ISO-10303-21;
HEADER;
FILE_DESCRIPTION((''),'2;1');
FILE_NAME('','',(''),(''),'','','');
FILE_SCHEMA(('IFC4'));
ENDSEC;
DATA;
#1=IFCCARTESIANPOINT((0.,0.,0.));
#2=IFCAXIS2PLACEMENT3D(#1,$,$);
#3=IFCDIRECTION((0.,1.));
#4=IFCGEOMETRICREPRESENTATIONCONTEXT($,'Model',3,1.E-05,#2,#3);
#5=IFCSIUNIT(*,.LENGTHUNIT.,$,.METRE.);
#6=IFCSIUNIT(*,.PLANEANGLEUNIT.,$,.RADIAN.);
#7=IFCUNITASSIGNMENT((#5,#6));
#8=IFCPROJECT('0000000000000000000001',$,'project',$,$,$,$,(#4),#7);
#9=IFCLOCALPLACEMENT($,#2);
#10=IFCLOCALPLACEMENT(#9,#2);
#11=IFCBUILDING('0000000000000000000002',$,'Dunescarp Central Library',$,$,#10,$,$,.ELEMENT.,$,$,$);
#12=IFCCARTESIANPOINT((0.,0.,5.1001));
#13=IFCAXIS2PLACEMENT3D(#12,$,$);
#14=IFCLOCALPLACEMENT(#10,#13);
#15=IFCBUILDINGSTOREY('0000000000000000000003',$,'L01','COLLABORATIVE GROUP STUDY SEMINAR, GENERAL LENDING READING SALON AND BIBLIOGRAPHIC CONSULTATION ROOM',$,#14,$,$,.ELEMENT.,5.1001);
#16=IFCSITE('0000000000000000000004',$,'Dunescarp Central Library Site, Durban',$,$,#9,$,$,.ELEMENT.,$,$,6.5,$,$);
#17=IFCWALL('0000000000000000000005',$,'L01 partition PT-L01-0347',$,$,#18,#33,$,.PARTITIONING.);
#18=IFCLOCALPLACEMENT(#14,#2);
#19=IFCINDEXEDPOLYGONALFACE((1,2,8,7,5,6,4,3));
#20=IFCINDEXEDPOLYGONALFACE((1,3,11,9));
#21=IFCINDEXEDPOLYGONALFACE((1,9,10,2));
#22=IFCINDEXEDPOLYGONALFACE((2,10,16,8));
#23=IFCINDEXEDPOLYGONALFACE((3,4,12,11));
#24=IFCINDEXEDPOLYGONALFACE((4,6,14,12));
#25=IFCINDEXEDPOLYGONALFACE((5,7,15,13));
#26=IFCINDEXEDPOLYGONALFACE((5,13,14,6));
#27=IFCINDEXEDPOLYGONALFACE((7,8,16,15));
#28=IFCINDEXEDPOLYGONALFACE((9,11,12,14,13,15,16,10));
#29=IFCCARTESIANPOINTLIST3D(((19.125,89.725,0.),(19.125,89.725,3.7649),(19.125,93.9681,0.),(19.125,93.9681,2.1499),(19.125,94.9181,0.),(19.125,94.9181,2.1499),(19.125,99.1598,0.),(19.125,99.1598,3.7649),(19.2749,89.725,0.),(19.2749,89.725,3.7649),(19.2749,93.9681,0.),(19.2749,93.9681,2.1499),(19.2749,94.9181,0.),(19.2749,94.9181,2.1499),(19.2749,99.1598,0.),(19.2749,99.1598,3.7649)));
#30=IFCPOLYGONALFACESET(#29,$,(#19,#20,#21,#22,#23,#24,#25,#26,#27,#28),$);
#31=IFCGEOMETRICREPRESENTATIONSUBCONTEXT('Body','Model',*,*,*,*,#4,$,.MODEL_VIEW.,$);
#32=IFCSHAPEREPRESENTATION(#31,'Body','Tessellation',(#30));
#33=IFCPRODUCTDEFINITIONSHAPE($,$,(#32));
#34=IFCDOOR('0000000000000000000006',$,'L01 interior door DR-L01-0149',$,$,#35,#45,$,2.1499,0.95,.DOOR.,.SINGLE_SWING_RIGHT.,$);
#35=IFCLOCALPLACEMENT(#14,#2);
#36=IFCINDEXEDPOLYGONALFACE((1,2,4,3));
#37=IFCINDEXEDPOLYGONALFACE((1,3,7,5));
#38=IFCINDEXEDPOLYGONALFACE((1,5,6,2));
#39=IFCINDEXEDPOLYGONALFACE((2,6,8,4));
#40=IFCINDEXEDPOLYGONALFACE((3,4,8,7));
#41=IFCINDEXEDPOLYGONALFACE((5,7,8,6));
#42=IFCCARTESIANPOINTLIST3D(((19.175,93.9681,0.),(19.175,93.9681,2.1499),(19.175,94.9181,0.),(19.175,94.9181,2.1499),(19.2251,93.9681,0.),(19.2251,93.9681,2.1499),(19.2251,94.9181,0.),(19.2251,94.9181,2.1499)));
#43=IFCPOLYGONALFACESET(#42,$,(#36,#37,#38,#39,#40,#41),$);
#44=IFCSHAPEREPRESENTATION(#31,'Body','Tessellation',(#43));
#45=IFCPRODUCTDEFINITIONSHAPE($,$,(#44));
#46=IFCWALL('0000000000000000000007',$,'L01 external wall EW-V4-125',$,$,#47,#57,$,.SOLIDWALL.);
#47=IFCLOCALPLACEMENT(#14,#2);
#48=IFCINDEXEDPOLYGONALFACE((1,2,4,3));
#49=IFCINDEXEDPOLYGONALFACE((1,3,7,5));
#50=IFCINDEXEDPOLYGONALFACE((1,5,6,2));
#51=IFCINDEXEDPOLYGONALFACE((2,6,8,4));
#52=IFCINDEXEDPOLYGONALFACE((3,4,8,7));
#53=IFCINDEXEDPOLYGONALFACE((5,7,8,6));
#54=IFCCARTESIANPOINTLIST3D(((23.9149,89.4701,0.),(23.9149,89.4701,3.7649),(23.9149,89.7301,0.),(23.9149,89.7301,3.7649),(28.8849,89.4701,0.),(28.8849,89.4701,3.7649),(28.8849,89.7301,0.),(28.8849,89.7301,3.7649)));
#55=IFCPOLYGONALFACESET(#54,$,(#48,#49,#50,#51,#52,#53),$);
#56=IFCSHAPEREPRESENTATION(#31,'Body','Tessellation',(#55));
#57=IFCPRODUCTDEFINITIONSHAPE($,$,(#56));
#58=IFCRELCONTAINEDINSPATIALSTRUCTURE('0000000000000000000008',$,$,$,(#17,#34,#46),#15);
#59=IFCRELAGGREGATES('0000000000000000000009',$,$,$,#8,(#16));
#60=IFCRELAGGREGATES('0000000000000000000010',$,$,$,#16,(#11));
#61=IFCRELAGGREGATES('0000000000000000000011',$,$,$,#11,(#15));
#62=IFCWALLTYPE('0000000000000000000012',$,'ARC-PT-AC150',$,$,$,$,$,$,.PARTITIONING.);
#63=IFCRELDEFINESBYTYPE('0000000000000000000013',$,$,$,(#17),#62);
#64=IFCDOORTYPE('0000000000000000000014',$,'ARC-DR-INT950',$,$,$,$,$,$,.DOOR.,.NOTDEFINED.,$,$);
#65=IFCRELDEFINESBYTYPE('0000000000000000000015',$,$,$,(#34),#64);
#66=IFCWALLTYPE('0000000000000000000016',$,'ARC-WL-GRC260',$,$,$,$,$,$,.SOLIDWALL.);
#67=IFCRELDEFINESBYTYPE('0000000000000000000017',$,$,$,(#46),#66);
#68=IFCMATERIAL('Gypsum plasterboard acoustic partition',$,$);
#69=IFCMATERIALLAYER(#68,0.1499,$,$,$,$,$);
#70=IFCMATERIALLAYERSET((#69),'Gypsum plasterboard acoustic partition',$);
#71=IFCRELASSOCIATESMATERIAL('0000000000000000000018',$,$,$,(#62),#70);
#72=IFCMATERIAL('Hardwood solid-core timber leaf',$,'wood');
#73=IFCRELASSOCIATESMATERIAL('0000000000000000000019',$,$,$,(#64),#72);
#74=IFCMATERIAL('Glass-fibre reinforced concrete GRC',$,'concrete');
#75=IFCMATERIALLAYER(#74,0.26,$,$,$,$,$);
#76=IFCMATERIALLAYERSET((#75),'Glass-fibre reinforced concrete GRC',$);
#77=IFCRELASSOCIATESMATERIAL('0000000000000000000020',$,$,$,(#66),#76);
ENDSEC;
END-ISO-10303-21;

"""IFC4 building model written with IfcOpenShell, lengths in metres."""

from ifc_helpers import new_model, si_unit, direction, frame, frame_2d, origin, place, context, subcontext, project, spatial, rectangle, extrude, material, layer, layer_set, type_object, element, fill, save


model = new_model("IFC4")

# Units and contexts
model_context = context("Model", 3, precision=1e-05, world=origin(), true_north=direction((0.0, 1.0)))
body_context = subcontext(model_context, "Body", "Model", "MODEL_VIEW")
ifc_project = project(units=[si_unit("LENGTHUNIT", "METRE"), si_unit("PLANEANGLEUNIT", "RADIAN")], contexts=[model_context])

# Site, building, storey
site_placement = place(None, origin())
site = spatial("IfcSite", under=ifc_project, at=site_placement, Name="Dunescarp Central Library Site, Durban", CompositionType="ELEMENT", RefElevation=6.5)
building_placement = place(site_placement, origin())
building = spatial("IfcBuilding", under=site, at=building_placement, Name="Dunescarp Central Library", CompositionType="ELEMENT")
storey_placement = place(building_placement, frame((0.0, 0.0, 5.1001)))
storey = spatial("IfcBuildingStorey", under=building, at=storey_placement, Name="L01", Description="COLLABORATIVE GROUP STUDY SEMINAR, GENERAL LENDING READING SALON AND BIBLIOGRAPHIC CONSULTATION ROOM", CompositionType="ELEMENT", Elevation=5.1001)

# Wall, opening, door
ifc_material_1 = material(Name="Gypsum plasterboard acoustic partition")
ifc_layer_1 = layer(ifc_material_1, 0.1499)
ifc_layer_set_1 = layer_set([ifc_layer_1], Name="Gypsum plasterboard acoustic partition")
wall_type_1 = type_object("IfcWallType", Name="ARC-PT-AC150", PredefinedType="PARTITIONING", material=ifc_layer_set_1)
wall_1_placement = place(storey_placement, frame((19.2, 89.7251, 0.0), z_axis=(0.0, 0.0, 1.0), x_axis=(0.0, 1.0, 0.0)))
wall_1 = element("IfcWall", 1, at=wall_1_placement, inside=storey, type_object=wall_type_1, Name="L01 partition PT-L01-0347", PredefinedType="PARTITIONING", context=body_context, shape_type="SweptSolid", body=[
    extrude(rectangle(XDim=9.4348, YDim=0.1499, at=frame_2d((4.7173, 0.0))), origin(), (0.0, 0.0, 1.0), 3.7649),
])
opening_placement = place(wall_1_placement, frame((4.2429, 0.0, 0.0)))
opening = element("IfcOpeningElement", 2, at=opening_placement, cuts=wall_1, PredefinedType="OPENING", context=body_context, shape_type="SweptSolid", body=[
    extrude(rectangle(XDim=0.95, YDim=2.1499, at=frame_2d((0.4751, 1.075))), frame((0.0, 0.085, 0.0), z_axis=(0.0, -1.0, 0.0), x_axis=(1.0, 0.0, 0.0)), (0.0, 0.0, 1.0), 0.1699),
])
ifc_material_2 = material(Name="Hardwood solid-core timber leaf", Category="wood")
door_type = type_object("IfcDoorType", Name="ARC-DR-INT950", OperationType="NOTDEFINED", PredefinedType="DOOR", material=ifc_material_2)
door_placement = place(opening_placement, origin())
door = element("IfcDoor", 3, at=door_placement, inside=storey, type_object=door_type, Name="L01 interior door DR-L01-0149", OperationType="SINGLE_SWING_RIGHT", OverallHeight=2.1499, OverallWidth=0.95, PredefinedType="DOOR", context=body_context, shape_type="SweptSolid", body=[
    extrude(rectangle(XDim=0.95, YDim=2.1499, at=frame_2d((0.4751, 1.075))), frame((0.0, 0.0249, 0.0), z_axis=(0.0, -1.0, 0.0), x_axis=(1.0, 0.0, 0.0)), (0.0, 0.0, 1.0), 0.05),
])
fill(opening, door)

# Wall
ifc_material_3 = material(Name="Glass-fibre reinforced concrete GRC", Category="concrete")
ifc_layer_2 = layer(ifc_material_3, 0.26)
ifc_layer_set_2 = layer_set([ifc_layer_2], Name="Glass-fibre reinforced concrete GRC")
wall_type_2 = type_object("IfcWallType", Name="ARC-WL-GRC260", PredefinedType="SOLIDWALL", material=ifc_layer_set_2)
wall_2_placement = place(storey_placement, frame((23.915, 89.6001, 0.0), z_axis=(0.0, 0.0, 1.0), x_axis=(1.0, 0.0, 0.0)))
element("IfcWall", 4, at=wall_2_placement, inside=storey, type_object=wall_type_2, Name="L01 external wall EW-V4-125", PredefinedType="SOLIDWALL", context=body_context, shape_type="SweptSolid", body=[
    extrude(rectangle(XDim=4.97, YDim=0.26, at=frame_2d((2.4849, 0.0))), origin(), (0.0, 0.0, 1.0), 3.7649),
])

save(model, "model.ifc")
